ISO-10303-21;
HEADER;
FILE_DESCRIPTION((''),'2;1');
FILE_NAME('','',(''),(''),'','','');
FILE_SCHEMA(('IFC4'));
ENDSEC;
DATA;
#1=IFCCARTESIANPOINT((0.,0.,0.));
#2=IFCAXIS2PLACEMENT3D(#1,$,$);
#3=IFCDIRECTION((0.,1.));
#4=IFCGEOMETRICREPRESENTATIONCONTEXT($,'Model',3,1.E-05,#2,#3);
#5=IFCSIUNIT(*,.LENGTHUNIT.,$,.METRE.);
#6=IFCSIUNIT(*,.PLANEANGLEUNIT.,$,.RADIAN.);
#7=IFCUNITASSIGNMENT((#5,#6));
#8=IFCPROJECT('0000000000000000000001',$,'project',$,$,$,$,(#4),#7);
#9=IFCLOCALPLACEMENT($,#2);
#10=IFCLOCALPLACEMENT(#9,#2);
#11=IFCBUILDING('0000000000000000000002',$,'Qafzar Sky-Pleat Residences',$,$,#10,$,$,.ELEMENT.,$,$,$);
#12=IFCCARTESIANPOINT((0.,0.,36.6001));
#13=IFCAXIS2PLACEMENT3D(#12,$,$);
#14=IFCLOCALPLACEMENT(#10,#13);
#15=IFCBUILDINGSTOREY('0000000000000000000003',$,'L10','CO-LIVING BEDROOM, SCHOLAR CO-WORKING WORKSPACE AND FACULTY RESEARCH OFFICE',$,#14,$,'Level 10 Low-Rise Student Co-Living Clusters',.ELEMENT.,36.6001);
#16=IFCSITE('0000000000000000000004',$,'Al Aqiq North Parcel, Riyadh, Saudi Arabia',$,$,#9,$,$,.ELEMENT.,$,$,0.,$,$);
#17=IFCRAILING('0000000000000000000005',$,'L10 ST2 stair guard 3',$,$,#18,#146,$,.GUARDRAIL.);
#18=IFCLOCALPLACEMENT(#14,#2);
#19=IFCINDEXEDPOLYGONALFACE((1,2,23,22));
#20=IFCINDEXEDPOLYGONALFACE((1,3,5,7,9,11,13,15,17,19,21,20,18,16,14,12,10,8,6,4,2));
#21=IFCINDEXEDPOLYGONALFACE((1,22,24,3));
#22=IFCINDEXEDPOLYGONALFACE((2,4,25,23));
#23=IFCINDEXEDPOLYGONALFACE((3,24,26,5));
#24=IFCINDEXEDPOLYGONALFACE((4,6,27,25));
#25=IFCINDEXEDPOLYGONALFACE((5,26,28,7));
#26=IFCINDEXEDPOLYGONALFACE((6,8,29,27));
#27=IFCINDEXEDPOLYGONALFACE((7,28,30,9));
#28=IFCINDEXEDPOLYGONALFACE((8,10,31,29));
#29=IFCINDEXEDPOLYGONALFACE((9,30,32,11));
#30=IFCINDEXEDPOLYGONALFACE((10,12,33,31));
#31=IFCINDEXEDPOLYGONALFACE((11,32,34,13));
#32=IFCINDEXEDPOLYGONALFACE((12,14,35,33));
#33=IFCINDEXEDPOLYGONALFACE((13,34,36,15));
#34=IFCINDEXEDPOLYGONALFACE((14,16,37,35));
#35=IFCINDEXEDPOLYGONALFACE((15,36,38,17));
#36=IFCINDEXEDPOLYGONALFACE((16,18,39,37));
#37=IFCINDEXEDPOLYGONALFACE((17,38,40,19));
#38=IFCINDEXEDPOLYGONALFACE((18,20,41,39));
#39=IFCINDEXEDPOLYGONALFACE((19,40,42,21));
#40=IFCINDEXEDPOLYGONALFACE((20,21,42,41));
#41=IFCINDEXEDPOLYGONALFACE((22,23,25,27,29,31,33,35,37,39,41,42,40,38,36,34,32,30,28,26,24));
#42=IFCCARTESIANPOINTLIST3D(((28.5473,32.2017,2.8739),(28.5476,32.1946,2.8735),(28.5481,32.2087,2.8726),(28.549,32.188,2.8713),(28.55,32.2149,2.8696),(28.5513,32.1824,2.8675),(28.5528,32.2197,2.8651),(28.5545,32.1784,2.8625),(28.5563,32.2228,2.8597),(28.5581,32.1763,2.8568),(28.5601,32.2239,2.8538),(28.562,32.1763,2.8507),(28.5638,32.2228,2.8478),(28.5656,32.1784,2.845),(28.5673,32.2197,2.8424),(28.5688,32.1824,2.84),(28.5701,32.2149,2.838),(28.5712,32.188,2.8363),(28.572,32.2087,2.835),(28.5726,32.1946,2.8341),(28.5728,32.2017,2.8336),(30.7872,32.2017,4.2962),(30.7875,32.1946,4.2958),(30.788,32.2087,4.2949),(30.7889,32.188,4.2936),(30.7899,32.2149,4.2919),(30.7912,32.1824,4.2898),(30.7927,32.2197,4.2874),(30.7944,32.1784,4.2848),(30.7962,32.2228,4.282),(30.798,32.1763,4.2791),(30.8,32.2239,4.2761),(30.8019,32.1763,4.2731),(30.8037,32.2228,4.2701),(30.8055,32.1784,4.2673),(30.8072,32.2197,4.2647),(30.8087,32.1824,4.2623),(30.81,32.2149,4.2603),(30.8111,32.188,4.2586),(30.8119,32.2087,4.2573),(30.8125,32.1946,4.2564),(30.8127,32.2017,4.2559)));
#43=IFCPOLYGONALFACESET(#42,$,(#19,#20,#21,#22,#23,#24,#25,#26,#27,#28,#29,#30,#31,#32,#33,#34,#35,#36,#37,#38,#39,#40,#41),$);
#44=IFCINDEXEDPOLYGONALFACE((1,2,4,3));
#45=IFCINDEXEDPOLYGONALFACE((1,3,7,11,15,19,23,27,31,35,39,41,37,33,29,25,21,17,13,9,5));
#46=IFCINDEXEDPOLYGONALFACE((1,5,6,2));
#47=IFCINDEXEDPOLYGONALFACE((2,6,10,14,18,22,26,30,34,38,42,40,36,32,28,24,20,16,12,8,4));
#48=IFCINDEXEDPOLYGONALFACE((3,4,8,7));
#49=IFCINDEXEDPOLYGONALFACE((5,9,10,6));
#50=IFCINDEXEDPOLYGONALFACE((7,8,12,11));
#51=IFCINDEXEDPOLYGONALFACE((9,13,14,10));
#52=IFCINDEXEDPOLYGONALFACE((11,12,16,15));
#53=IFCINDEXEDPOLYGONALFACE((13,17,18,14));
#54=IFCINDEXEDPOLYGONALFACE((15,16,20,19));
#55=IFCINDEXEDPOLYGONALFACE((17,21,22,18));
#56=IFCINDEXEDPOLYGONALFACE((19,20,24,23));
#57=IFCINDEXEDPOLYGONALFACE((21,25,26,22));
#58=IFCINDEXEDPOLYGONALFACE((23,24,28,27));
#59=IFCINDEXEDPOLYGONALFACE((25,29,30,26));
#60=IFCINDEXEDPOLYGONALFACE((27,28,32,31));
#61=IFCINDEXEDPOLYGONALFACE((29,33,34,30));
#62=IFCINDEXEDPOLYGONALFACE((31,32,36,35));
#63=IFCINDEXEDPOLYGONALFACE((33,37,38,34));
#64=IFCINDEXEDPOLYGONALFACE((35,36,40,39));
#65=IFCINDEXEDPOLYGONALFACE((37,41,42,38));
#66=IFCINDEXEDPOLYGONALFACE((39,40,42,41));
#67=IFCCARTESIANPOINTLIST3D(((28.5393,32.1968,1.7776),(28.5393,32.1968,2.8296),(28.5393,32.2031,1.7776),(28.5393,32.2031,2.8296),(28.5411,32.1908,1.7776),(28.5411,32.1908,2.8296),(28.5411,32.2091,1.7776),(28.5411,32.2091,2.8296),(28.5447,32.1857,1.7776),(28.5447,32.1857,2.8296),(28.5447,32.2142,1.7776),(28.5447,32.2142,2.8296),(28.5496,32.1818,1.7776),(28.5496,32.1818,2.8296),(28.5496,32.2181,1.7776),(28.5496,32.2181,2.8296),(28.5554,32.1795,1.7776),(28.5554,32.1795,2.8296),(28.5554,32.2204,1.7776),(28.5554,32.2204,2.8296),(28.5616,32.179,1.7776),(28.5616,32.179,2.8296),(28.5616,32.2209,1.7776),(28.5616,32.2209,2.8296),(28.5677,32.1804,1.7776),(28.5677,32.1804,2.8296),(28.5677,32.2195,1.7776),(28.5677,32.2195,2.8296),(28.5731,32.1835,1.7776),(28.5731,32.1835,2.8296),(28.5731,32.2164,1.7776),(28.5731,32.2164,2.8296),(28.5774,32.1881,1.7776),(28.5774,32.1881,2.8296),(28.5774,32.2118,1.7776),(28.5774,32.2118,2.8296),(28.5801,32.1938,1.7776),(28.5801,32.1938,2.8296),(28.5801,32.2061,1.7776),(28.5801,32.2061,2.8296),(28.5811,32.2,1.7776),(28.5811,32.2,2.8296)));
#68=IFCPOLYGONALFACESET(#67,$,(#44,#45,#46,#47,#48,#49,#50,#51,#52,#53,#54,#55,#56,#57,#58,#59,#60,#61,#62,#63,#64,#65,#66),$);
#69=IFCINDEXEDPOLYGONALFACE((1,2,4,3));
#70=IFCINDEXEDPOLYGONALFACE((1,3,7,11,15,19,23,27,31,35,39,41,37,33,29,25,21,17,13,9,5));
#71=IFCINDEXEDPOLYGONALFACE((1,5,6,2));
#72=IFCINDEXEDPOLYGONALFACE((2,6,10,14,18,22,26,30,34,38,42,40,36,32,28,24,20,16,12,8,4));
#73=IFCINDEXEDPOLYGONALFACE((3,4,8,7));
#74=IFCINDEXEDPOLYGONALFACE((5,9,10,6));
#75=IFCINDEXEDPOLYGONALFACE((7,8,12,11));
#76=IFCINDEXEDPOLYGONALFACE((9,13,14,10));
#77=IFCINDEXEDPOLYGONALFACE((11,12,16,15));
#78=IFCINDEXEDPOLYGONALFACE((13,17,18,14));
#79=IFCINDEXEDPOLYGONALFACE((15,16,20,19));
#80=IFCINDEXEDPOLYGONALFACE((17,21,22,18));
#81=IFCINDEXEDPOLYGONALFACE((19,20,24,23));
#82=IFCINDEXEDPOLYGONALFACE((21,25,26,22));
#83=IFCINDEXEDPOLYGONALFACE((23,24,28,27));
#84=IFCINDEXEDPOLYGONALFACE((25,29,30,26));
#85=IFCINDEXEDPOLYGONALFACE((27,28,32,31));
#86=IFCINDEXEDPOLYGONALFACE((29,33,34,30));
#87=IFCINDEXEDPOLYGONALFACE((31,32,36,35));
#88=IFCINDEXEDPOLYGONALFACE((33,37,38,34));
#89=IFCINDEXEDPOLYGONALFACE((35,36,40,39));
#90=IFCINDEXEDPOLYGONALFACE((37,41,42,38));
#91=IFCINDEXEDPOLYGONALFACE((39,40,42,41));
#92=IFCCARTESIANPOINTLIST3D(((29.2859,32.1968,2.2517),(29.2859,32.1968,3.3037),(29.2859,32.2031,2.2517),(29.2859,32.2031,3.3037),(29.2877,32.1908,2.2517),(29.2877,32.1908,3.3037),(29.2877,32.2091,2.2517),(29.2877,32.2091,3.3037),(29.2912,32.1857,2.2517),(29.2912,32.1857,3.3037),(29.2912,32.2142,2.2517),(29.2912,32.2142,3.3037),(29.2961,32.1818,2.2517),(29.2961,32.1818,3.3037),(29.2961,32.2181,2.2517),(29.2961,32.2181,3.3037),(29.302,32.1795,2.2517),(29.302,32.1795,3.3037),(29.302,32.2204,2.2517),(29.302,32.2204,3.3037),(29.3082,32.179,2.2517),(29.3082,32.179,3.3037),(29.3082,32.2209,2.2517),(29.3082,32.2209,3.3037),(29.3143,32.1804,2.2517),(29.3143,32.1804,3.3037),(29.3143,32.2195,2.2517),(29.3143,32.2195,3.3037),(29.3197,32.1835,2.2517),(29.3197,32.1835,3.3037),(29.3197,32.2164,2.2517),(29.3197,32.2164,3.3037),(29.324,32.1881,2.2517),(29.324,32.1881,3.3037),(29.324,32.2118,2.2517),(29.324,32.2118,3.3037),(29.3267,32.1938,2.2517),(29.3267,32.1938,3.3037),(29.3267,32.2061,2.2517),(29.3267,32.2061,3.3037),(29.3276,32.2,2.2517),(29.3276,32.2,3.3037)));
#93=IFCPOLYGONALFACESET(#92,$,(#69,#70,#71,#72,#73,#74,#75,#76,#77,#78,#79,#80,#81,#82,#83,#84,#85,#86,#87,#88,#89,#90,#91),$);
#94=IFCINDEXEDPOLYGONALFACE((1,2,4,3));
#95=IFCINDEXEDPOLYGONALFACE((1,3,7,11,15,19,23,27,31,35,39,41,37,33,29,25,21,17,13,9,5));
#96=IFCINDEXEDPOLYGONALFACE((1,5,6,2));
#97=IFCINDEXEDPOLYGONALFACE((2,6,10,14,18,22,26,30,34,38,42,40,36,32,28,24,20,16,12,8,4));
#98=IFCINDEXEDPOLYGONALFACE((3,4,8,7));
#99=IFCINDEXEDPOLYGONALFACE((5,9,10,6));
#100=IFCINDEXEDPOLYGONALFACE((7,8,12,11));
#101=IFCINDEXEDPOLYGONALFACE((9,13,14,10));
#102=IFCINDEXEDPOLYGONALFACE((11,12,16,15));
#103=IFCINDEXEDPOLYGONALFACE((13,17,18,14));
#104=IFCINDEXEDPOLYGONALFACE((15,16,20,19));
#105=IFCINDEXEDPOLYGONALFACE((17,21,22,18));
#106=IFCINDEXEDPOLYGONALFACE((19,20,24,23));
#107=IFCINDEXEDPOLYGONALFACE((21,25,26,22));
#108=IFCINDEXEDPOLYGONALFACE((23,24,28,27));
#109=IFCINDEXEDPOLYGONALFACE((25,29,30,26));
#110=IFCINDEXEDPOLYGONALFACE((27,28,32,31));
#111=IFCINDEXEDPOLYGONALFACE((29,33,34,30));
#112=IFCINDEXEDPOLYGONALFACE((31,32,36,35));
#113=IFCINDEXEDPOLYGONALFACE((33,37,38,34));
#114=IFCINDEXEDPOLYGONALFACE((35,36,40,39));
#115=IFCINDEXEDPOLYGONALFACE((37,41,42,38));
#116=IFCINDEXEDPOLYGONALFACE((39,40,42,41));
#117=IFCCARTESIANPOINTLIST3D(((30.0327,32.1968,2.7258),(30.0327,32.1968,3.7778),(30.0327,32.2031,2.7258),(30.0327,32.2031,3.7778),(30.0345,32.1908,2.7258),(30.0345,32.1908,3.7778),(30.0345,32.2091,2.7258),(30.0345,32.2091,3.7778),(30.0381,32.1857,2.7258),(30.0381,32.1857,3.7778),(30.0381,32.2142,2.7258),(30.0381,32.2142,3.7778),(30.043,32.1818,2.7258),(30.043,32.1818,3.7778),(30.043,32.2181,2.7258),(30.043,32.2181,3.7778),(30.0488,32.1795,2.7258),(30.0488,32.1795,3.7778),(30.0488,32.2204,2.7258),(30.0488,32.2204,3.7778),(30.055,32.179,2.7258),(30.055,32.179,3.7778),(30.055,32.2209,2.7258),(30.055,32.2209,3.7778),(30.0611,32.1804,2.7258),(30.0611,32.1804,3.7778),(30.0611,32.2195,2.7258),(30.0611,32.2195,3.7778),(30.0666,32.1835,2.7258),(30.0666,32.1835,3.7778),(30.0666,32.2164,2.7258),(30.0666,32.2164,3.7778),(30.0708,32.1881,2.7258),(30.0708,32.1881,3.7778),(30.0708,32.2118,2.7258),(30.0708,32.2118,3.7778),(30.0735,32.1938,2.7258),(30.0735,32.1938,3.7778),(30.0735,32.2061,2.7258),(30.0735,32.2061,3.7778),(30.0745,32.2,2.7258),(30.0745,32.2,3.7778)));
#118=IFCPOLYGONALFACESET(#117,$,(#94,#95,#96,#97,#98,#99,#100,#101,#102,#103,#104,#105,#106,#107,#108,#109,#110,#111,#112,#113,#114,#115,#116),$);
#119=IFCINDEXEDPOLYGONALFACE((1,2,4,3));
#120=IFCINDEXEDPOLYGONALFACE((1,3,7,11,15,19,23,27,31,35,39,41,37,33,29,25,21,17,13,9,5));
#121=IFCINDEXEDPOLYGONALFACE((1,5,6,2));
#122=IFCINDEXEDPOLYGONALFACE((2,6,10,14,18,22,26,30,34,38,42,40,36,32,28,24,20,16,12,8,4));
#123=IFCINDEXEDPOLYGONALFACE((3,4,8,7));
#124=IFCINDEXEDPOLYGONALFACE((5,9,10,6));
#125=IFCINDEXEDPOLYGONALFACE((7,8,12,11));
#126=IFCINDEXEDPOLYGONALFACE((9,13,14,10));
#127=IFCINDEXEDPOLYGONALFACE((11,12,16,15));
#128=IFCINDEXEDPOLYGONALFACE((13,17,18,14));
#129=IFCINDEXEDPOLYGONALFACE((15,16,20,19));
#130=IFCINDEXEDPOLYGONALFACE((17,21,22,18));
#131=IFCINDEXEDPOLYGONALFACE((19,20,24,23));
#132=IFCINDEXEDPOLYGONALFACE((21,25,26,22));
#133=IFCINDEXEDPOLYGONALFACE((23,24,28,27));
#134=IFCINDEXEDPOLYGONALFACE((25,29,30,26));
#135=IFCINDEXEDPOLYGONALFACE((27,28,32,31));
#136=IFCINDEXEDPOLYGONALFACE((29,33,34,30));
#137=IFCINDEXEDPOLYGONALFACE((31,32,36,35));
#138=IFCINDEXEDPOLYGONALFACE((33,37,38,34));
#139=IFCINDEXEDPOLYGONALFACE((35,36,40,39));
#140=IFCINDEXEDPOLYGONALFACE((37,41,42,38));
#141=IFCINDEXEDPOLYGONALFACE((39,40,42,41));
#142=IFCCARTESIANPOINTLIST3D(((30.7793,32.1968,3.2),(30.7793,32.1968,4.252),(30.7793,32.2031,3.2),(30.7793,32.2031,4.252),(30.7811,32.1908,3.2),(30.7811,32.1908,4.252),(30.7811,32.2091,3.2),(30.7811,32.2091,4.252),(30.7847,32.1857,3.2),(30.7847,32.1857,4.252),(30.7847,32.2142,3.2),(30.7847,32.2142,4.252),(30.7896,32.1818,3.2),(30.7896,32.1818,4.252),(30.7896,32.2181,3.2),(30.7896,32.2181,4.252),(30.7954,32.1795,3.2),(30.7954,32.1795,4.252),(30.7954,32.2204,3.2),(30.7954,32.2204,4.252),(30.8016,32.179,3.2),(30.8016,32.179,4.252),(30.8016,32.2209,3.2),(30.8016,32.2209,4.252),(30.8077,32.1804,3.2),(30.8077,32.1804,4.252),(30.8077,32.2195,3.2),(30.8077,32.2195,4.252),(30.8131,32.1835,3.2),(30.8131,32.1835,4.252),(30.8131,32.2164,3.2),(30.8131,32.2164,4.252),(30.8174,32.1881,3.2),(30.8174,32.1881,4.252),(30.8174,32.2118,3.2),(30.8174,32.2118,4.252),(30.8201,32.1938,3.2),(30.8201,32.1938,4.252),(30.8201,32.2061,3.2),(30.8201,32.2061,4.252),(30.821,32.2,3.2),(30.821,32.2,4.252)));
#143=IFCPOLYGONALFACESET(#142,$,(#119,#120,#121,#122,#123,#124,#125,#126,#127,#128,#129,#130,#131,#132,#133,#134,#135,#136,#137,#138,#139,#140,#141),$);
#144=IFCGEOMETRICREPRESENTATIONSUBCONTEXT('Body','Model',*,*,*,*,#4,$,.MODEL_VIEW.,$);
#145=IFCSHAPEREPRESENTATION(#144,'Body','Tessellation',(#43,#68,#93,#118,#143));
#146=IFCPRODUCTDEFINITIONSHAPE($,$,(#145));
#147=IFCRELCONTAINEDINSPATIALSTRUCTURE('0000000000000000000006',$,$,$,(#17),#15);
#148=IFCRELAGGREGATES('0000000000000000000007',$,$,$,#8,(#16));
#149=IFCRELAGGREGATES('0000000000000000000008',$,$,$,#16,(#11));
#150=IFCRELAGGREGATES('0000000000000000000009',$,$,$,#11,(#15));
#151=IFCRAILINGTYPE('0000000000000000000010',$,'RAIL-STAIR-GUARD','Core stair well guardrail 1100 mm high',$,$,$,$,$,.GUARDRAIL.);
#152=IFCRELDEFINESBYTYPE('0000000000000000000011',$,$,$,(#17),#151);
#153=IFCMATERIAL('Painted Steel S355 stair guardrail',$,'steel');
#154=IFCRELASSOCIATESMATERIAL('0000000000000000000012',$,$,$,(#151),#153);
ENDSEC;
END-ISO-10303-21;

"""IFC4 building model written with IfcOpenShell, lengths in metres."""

from ifc_helpers import new_model, si_unit, direction, frame, origin, origin_2d, place, context, subcontext, project, spatial, circle, extrude, source, transform, mapped, material, type_object, element, save


model = new_model("IFC4")

# Units and contexts
model_context = context("Model", 3, precision=1e-05, world=origin(), true_north=direction((0.0, 1.0)))
body_context = subcontext(model_context, "Body", "Model", "MODEL_VIEW")
ifc_project = project(units=[si_unit("LENGTHUNIT", "METRE"), si_unit("PLANEANGLEUNIT", "RADIAN")], contexts=[model_context])

# Site, building, storey
site_placement = place(None, origin())
site = spatial("IfcSite", under=ifc_project, at=site_placement, Name="Al Aqiq North Parcel, Riyadh, Saudi Arabia", CompositionType="ELEMENT", RefElevation=0.0)
building_placement = place(site_placement, origin())
building = spatial("IfcBuilding", under=site, at=building_placement, Name="Qafzar Sky-Pleat Residences", CompositionType="ELEMENT")
storey_placement = place(building_placement, frame((0.0, 0.0, 36.6001)))
storey = spatial("IfcBuildingStorey", under=building, at=storey_placement, Name="L10", Description="CO-LIVING BEDROOM, SCHOLAR CO-WORKING WORKSPACE AND FACULTY RESEARCH OFFICE", LongName="Level 10 Low-Rise Student Co-Living Clusters", CompositionType="ELEMENT", Elevation=36.6001)

# Railing
ifc_material_1 = material(Name="Painted Steel S355 stair guardrail", Category="steel")
railing_type_1 = type_object("IfcRailingType", Name="RAIL-STAIR-GUARD", Description="Core stair well guardrail 1100 mm high", PredefinedType="GUARDRAIL", material=ifc_material_1)
shared_shape_1 = source(origin(), body_context, "Body", "SweptSolid", [
    extrude(circle(Radius=0.0239, at=origin_2d()), frame((0.0, 0.0, 1.0762), z_axis=(0.844188, 0.0, 0.536048), x_axis=(0.0, 1.0, 0.0)), (0.0, 0.0, 1.0), 2.6533),
    extrude(circle(Radius=0.021, at=origin_2d()), origin(), (0.0, 0.0, 1.0), 1.052),
    extrude(circle(Radius=0.021, at=origin_2d()), frame((0.7466, 0.0, 0.4741)), (0.0, 0.0, 1.0), 1.052),
    extrude(circle(Radius=0.021, at=origin_2d()), frame((1.4934, 0.0, 0.9482)), (0.0, 0.0, 1.0), 1.052),
    extrude(circle(Radius=0.021, at=origin_2d()), frame((2.24, 0.0, 1.4224)), (0.0, 0.0, 1.0), 1.052),
])
railing_1_placement = place(storey_placement, frame((28.5601, 32.2, 1.7776)))
element("IfcRailing", 1, at=railing_1_placement, inside=storey, type_object=railing_type_1, Name="L10 ST2 stair guard 3", PredefinedType="GUARDRAIL", context=body_context, shape_type="MappedRepresentation", body=[
    mapped(shared_shape_1, transform((0.0, 0.0, 0.0), x_axis=(1.0, 0.0, 0.0), y_axis=(0.0, 1.0, 0.0), z_axis=(0.0, 0.0, 1.0), scale=1.0)),
])

save(model, "model.ifc")
